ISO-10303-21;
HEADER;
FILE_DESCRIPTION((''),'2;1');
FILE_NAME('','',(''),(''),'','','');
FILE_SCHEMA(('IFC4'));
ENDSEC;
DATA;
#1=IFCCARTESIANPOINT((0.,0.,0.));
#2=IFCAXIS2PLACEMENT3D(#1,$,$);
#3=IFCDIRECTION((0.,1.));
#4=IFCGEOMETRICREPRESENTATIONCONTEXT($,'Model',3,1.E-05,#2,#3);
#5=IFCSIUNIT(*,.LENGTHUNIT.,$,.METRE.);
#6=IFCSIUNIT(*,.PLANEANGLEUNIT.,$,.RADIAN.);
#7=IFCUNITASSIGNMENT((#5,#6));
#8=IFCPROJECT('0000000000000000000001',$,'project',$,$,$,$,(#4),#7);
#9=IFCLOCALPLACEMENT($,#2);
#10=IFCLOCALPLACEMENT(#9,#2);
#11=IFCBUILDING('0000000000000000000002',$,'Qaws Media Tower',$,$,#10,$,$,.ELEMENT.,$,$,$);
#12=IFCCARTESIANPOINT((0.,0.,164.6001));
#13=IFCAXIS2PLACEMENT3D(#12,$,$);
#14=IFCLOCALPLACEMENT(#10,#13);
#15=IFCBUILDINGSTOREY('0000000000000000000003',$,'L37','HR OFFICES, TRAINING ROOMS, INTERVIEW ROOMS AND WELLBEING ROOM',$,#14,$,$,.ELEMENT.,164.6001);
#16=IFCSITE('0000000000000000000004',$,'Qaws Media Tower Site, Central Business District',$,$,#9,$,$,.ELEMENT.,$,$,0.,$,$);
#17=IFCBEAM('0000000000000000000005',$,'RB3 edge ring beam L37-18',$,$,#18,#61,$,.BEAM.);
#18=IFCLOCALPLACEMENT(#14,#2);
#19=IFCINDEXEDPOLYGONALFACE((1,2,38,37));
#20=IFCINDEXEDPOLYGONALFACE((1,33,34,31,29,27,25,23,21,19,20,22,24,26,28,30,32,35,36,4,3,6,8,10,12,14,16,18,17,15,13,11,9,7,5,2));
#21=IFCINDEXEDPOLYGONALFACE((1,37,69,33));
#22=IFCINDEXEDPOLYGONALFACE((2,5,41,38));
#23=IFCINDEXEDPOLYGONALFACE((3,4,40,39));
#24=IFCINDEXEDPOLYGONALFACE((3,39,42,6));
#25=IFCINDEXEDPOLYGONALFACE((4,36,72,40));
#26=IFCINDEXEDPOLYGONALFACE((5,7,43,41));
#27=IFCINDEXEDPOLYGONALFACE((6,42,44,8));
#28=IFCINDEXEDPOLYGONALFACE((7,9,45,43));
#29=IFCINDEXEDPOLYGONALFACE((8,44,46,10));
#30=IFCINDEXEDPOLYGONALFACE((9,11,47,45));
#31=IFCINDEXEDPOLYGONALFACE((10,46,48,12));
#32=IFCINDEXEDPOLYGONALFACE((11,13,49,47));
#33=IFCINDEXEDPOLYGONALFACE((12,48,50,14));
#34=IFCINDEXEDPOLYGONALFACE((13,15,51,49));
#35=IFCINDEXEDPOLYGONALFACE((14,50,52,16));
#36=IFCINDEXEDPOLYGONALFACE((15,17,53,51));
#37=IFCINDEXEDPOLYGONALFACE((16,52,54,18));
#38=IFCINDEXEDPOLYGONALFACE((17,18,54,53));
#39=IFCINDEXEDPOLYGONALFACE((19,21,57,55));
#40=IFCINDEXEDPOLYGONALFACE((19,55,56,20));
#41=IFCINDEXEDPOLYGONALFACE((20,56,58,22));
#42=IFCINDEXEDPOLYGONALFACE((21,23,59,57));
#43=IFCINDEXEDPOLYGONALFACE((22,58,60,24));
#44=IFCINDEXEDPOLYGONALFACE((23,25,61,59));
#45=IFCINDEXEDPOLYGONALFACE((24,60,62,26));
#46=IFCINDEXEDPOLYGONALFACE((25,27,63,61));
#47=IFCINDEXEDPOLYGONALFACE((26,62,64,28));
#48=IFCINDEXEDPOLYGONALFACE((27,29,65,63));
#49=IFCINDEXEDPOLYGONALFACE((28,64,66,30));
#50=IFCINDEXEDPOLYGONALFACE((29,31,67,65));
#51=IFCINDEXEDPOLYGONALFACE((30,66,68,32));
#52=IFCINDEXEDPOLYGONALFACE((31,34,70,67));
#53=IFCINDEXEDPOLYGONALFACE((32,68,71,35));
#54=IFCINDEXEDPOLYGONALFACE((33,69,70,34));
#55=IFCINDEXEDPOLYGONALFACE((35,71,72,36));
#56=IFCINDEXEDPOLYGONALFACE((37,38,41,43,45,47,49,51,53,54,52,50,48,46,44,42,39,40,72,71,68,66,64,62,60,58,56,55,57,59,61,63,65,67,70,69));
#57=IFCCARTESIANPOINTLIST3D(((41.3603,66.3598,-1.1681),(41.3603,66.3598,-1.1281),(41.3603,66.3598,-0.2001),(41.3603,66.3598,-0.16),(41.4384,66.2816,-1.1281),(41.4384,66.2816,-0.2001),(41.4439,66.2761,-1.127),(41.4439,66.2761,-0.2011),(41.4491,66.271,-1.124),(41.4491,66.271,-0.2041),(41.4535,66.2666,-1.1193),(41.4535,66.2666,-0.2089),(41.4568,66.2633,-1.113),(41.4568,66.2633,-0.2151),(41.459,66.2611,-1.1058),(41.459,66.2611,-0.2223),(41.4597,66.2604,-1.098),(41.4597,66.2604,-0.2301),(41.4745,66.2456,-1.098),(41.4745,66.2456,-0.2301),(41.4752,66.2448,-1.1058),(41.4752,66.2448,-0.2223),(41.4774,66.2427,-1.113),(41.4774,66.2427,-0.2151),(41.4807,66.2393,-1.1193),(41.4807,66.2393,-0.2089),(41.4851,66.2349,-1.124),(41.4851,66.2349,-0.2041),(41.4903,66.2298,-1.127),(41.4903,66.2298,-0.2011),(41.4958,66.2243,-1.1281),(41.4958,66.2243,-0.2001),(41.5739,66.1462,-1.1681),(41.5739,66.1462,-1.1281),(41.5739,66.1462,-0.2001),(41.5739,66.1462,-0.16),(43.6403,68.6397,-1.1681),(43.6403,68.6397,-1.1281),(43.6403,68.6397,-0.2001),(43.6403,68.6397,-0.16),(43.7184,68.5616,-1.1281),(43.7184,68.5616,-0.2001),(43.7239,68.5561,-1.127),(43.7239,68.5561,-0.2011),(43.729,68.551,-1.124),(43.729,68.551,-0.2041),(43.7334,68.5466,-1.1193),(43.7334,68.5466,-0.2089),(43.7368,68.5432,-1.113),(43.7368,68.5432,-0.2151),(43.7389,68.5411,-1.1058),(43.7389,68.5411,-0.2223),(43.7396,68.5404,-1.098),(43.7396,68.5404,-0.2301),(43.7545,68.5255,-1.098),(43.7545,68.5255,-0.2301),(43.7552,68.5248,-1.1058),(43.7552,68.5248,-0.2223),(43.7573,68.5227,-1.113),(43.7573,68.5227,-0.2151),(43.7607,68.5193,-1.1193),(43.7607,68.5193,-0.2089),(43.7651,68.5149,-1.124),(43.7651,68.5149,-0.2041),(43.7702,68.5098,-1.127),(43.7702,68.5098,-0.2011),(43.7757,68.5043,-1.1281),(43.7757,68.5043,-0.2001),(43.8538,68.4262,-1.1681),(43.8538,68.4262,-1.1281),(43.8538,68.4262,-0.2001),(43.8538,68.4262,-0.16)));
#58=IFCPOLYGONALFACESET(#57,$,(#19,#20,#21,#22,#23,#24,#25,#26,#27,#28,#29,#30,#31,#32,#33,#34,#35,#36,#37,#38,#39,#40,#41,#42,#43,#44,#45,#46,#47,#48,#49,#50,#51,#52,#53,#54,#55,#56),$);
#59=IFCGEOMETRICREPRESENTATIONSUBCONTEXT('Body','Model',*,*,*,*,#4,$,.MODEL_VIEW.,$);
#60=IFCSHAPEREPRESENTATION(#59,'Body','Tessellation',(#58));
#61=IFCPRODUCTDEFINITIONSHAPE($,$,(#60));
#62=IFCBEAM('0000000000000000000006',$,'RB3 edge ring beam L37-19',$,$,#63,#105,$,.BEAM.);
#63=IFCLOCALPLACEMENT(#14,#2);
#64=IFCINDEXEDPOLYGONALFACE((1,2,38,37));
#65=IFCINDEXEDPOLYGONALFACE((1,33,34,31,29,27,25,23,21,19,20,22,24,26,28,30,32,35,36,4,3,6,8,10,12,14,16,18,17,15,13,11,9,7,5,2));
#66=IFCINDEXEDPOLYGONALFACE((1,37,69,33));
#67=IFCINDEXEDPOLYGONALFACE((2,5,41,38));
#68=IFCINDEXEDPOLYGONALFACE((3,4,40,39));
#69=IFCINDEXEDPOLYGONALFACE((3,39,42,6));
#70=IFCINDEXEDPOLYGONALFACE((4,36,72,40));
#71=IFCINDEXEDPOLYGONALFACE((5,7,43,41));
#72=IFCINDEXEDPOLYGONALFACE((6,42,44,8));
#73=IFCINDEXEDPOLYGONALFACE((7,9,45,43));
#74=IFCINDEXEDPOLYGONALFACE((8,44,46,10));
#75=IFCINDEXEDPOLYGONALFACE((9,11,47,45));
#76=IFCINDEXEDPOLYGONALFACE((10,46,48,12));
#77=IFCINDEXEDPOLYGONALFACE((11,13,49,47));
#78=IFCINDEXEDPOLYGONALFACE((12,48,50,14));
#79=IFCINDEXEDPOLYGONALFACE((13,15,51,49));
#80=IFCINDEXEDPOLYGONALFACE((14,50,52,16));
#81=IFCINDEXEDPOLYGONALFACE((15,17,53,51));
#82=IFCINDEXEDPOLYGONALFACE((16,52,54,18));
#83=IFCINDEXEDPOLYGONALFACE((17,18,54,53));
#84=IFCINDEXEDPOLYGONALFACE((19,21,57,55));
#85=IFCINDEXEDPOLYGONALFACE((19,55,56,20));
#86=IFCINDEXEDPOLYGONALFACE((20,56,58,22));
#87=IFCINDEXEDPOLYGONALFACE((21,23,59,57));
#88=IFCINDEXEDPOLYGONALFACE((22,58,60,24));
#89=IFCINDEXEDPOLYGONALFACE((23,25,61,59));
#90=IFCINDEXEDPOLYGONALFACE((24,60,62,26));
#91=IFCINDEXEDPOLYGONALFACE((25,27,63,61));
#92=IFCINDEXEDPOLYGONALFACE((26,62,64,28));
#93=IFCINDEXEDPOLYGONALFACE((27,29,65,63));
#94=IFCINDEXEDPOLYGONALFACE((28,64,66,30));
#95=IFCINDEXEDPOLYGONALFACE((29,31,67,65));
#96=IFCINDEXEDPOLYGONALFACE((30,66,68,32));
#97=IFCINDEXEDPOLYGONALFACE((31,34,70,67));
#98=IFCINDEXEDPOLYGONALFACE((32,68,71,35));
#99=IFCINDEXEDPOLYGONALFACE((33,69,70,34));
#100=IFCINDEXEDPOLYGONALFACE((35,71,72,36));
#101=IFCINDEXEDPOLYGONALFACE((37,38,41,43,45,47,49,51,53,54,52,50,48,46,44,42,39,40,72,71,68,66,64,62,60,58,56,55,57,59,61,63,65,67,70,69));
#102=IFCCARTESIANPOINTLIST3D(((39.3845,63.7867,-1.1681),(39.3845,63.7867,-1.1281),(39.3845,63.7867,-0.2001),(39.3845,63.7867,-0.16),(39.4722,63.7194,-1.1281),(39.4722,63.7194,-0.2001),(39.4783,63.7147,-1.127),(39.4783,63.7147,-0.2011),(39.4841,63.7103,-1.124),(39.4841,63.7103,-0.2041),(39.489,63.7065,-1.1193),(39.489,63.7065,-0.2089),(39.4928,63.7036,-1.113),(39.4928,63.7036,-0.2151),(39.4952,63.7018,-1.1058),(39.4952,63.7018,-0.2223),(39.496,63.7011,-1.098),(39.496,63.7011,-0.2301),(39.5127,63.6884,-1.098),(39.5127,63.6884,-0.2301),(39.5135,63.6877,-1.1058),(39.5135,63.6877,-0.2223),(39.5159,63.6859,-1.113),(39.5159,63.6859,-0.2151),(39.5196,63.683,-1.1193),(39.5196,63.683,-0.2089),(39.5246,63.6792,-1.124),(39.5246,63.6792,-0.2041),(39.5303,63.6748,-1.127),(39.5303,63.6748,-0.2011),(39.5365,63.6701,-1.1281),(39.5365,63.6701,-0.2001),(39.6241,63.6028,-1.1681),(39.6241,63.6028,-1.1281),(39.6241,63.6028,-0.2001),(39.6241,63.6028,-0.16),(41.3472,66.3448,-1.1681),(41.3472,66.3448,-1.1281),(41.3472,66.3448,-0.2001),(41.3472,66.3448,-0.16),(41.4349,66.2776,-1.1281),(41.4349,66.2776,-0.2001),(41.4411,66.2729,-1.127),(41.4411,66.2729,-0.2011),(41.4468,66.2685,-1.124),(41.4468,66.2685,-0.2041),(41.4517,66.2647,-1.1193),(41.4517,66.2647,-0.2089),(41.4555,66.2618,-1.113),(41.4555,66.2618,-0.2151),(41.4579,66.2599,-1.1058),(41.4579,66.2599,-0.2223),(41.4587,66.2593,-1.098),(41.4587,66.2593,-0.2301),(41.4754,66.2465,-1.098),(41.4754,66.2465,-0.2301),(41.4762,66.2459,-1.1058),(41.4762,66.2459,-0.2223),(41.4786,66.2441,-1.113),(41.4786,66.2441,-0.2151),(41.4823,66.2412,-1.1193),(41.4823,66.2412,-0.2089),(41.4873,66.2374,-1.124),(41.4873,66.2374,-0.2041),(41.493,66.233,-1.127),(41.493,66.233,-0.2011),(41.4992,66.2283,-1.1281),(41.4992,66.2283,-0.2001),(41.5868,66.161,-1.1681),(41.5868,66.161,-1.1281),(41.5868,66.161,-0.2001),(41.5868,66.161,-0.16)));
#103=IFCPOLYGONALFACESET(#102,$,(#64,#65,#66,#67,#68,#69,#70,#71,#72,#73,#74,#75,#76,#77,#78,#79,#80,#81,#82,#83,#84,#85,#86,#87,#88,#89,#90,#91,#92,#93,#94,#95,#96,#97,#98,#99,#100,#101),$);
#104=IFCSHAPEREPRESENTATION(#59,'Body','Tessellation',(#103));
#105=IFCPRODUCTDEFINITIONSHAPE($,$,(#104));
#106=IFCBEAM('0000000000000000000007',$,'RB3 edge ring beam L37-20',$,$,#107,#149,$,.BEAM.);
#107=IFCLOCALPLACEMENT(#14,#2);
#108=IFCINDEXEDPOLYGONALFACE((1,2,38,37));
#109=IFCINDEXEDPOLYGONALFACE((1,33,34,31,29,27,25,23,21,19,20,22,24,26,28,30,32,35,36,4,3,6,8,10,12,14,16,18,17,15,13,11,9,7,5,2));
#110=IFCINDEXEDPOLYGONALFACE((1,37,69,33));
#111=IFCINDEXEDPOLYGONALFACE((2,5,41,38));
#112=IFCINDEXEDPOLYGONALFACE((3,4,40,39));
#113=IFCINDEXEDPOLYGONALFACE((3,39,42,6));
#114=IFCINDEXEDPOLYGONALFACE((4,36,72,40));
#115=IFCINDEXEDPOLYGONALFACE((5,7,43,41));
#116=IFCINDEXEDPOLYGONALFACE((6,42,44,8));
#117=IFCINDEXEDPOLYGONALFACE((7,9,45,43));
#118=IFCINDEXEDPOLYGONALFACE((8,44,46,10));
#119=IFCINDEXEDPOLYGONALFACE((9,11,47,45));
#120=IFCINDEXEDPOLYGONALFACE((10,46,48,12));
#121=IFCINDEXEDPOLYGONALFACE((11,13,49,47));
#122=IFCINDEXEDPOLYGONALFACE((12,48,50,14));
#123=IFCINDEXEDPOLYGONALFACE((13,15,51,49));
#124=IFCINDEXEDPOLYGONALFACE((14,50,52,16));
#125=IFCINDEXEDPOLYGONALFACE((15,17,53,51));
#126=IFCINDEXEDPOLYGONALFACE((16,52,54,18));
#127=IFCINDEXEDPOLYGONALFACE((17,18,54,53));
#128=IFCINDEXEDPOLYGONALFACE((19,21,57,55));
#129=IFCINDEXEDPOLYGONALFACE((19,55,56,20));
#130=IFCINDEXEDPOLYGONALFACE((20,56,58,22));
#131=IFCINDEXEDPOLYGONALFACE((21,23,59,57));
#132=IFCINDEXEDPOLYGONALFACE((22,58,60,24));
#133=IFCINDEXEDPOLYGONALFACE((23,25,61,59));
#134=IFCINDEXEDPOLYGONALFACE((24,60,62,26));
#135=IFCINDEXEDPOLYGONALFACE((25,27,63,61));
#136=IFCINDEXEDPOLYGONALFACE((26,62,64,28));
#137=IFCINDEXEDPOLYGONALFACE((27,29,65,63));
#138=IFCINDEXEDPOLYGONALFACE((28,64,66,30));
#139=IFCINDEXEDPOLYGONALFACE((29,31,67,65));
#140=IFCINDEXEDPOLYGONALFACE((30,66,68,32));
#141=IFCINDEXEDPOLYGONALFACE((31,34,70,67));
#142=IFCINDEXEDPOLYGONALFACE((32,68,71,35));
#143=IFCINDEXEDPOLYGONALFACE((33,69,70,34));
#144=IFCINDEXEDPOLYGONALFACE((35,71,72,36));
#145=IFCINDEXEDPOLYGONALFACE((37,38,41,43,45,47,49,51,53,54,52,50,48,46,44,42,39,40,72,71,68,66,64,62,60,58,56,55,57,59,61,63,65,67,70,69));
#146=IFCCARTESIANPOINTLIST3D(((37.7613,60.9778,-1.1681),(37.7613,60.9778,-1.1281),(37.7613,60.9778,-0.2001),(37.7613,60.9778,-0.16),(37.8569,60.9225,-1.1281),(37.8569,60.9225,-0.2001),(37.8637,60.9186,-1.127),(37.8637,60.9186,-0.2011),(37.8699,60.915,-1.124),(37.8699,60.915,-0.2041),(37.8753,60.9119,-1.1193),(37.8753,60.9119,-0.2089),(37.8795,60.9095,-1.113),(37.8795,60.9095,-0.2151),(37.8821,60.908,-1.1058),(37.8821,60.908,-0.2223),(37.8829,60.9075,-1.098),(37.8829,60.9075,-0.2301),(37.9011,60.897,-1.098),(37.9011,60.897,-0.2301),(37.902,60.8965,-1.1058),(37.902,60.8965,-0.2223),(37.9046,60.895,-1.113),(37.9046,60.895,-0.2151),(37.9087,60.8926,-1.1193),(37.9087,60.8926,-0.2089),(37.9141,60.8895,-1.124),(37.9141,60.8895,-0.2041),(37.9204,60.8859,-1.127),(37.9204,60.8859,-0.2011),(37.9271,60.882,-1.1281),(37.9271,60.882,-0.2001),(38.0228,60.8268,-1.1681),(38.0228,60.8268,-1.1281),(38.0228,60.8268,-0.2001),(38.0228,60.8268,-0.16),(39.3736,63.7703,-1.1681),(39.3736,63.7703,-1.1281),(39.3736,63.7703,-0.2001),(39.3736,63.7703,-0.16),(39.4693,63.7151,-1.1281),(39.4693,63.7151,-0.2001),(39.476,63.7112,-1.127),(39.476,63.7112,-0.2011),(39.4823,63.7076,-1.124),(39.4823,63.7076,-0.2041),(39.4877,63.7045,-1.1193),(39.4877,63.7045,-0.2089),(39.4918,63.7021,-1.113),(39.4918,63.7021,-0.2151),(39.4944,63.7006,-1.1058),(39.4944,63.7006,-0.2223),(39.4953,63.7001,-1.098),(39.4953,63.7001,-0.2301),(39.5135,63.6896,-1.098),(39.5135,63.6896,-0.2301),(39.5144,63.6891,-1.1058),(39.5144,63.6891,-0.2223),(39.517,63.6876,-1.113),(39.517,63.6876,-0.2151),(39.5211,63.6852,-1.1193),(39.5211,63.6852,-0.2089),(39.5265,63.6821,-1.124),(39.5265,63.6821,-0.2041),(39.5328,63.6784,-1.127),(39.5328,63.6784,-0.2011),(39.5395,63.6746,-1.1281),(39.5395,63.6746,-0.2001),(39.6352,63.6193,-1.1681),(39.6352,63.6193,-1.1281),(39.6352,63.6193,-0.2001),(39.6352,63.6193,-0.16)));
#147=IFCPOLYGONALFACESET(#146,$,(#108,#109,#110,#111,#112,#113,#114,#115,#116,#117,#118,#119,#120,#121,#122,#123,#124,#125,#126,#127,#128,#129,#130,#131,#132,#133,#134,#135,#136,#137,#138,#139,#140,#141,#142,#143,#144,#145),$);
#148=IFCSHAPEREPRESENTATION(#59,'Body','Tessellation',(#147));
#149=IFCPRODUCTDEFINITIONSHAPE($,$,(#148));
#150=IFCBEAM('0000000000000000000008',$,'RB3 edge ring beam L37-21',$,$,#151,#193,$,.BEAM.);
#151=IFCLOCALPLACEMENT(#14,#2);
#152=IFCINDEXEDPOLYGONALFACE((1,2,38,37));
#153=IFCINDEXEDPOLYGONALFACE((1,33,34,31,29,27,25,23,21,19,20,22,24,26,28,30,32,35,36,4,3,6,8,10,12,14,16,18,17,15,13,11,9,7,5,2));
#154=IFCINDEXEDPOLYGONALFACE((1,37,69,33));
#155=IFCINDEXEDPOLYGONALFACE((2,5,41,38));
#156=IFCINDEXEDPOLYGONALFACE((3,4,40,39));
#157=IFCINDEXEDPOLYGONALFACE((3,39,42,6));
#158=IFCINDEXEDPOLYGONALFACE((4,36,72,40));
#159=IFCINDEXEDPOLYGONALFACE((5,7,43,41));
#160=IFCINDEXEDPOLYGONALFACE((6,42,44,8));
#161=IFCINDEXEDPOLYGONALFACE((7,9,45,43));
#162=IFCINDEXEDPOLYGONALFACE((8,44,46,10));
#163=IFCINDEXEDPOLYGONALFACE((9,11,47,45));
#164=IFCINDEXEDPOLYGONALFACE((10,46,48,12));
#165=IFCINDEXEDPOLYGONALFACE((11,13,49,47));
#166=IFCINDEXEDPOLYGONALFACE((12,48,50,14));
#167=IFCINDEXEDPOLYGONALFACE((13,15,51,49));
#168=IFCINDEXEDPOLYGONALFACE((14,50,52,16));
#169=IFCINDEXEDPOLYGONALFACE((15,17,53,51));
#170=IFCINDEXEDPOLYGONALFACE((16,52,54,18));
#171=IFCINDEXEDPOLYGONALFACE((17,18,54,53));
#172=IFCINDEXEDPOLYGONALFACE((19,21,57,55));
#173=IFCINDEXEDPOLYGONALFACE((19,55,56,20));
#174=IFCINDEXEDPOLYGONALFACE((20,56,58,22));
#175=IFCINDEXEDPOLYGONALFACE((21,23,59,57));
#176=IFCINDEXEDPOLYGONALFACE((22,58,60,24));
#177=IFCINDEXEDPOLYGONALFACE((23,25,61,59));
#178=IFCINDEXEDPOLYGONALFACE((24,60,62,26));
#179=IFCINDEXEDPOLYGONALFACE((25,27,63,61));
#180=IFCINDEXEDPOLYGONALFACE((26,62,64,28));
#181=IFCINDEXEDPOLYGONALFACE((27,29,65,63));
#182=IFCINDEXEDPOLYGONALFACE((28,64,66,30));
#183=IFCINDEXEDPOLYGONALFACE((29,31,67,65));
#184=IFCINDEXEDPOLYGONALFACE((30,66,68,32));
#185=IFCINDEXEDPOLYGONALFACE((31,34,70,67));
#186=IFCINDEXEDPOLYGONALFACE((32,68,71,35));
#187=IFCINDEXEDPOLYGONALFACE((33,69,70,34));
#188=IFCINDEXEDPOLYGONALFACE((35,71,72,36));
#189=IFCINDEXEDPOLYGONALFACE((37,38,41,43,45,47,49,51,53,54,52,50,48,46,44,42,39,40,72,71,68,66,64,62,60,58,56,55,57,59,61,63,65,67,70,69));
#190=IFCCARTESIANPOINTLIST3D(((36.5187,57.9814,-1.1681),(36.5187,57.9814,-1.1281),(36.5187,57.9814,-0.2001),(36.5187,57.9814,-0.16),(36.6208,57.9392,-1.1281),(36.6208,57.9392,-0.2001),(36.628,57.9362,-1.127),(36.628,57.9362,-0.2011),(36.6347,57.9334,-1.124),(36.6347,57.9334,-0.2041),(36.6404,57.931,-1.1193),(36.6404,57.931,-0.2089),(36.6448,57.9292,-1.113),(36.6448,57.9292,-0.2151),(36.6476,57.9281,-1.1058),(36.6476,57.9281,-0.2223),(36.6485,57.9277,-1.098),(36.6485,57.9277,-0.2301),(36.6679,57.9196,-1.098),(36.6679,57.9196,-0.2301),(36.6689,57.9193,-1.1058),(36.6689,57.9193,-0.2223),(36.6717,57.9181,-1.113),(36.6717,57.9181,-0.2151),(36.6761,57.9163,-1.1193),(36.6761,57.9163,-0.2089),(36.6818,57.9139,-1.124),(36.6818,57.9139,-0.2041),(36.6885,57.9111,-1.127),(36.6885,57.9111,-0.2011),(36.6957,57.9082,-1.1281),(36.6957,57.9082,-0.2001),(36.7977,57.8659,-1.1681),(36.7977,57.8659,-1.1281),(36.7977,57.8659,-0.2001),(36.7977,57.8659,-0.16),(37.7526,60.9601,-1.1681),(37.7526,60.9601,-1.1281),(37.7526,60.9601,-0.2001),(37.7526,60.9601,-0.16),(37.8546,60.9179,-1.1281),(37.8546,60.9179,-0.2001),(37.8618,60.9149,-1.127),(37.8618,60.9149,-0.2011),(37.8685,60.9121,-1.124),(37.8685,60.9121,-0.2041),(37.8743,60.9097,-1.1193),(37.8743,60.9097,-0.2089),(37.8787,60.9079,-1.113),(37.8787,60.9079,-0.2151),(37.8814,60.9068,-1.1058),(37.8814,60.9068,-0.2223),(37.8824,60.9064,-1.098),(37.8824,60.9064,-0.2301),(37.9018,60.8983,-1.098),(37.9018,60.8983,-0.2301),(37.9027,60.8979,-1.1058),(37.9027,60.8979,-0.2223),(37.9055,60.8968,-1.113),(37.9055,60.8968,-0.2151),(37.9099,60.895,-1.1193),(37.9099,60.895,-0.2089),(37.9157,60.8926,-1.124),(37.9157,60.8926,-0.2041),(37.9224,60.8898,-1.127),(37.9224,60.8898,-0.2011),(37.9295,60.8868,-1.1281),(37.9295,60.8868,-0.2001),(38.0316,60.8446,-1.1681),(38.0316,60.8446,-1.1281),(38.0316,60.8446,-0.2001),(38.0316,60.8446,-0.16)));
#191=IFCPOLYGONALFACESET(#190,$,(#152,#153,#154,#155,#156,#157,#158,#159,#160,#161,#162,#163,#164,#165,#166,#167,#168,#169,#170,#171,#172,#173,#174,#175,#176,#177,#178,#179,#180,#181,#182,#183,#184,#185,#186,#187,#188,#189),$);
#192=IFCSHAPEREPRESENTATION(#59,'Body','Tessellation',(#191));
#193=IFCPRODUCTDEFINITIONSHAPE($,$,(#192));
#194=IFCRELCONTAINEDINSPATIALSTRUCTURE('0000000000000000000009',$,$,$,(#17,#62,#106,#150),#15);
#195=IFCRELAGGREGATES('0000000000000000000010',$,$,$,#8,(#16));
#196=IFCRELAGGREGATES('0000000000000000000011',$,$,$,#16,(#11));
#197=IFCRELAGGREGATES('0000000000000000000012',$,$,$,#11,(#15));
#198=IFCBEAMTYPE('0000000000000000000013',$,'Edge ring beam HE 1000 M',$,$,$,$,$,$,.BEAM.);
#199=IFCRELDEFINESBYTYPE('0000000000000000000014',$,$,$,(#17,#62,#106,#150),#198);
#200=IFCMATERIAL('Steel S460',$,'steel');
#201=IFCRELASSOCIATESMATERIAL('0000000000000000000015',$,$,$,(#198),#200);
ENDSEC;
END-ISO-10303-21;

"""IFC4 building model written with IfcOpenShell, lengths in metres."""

from ifc_helpers import new_model, si_unit, direction, frame, origin, origin_2d, place, context, subcontext, project, spatial, i_section, extrude, material, material_profile, profile_set, type_object, element, save


model = new_model("IFC4")

# Units and contexts
model_context = context("Model", 3, precision=1e-05, world=origin(), true_north=direction((0.0, 1.0)))
body_context = subcontext(model_context, "Body", "Model", "MODEL_VIEW")
ifc_project = project(units=[si_unit("LENGTHUNIT", "METRE"), si_unit("PLANEANGLEUNIT", "RADIAN")], contexts=[model_context])

# Site, building, storey
site_placement = place(None, origin())
site = spatial("IfcSite", under=ifc_project, at=site_placement, Name="Qaws Media Tower Site, Central Business District", CompositionType="ELEMENT", RefElevation=0.0)
building_placement = place(site_placement, origin())
building = spatial("IfcBuilding", under=site, at=building_placement, Name="Qaws Media Tower", CompositionType="ELEMENT")
storey_placement = place(building_placement, frame((0.0, 0.0, 164.6001)))
storey = spatial("IfcBuildingStorey", under=building, at=storey_placement, Name="L37", Description="HR OFFICES, TRAINING ROOMS, INTERVIEW ROOMS AND WELLBEING ROOM", CompositionType="ELEMENT", Elevation=164.6001)

# Beams
ifc_material_1 = material(Name="Steel S460", Category="steel")
ifc_material_profile_1 = material_profile(ifc_material_1, i_section(OverallWidth=0.302, OverallDepth=1.0081, WebThickness=0.021, FlangeThickness=0.04, FilletRadius=0.03, at=origin_2d()), Name="HE 1000 M")
ifc_profile_set_1 = profile_set([ifc_material_profile_1], Name="Steel S460")
beam_type = type_object("IfcBeamType", Name="Edge ring beam HE 1000 M", PredefinedType="BEAM", material=ifc_profile_set_1)
for number, where, z_axis, x_axis, name in (
    (1, (43.7471, 68.533, -0.6641), (-0.707107, -0.707107, 0.0), (0.707107, -0.707107, 0.0), "RB3 edge ring beam L37-18"),
    (2, (41.467, 66.2529, -0.6641), (-0.608711, -0.793392, 0.0), (0.793392, -0.608711, 0.0), "RB3 edge ring beam L37-19"),
):
    element("IfcBeam", number, at=place(storey_placement, frame(where, z_axis=z_axis, x_axis=x_axis)), inside=storey, type_object=beam_type, Name=name, PredefinedType="BEAM", context=body_context, shape_type="SweptSolid", body=[
        extrude(i_section(OverallWidth=0.302, OverallDepth=1.0081, WebThickness=0.021, FlangeThickness=0.04, FilletRadius=0.03, at=origin_2d()), origin(), (0.0, 0.0, 1.0), 3.2244),
    ])
beam_1_placement = place(storey_placement, frame((39.5044, 63.6948, -0.6641), z_axis=(-0.500015, -0.866017, 0.0), x_axis=(0.866017, -0.500015, 0.0)))
element("IfcBeam", 3, at=beam_1_placement, inside=storey, type_object=beam_type, Name="RB3 edge ring beam L37-20", PredefinedType="BEAM", context=body_context, shape_type="SweptSolid", body=[
    extrude(i_section(OverallWidth=0.302, OverallDepth=1.0081, WebThickness=0.021, FlangeThickness=0.04, FilletRadius=0.03, at=origin_2d()), origin(), (0.0, 0.0, 1.0), 3.2246),
])
beam_2_placement = place(storey_placement, frame((37.8921, 60.9023, -0.6641), z_axis=(-0.382695, -0.923875, 0.0), x_axis=(0.923875, -0.382695, 0.0)))
element("IfcBeam", 4, at=beam_2_placement, inside=storey, type_object=beam_type, Name="RB3 edge ring beam L37-21", PredefinedType="BEAM", context=body_context, shape_type="SweptSolid", body=[
    extrude(i_section(OverallWidth=0.302, OverallDepth=1.0081, WebThickness=0.021, FlangeThickness=0.04, FilletRadius=0.03, at=origin_2d()), origin(), (0.0, 0.0, 1.0), 3.2241),
])

save(model, "model.ifc")
